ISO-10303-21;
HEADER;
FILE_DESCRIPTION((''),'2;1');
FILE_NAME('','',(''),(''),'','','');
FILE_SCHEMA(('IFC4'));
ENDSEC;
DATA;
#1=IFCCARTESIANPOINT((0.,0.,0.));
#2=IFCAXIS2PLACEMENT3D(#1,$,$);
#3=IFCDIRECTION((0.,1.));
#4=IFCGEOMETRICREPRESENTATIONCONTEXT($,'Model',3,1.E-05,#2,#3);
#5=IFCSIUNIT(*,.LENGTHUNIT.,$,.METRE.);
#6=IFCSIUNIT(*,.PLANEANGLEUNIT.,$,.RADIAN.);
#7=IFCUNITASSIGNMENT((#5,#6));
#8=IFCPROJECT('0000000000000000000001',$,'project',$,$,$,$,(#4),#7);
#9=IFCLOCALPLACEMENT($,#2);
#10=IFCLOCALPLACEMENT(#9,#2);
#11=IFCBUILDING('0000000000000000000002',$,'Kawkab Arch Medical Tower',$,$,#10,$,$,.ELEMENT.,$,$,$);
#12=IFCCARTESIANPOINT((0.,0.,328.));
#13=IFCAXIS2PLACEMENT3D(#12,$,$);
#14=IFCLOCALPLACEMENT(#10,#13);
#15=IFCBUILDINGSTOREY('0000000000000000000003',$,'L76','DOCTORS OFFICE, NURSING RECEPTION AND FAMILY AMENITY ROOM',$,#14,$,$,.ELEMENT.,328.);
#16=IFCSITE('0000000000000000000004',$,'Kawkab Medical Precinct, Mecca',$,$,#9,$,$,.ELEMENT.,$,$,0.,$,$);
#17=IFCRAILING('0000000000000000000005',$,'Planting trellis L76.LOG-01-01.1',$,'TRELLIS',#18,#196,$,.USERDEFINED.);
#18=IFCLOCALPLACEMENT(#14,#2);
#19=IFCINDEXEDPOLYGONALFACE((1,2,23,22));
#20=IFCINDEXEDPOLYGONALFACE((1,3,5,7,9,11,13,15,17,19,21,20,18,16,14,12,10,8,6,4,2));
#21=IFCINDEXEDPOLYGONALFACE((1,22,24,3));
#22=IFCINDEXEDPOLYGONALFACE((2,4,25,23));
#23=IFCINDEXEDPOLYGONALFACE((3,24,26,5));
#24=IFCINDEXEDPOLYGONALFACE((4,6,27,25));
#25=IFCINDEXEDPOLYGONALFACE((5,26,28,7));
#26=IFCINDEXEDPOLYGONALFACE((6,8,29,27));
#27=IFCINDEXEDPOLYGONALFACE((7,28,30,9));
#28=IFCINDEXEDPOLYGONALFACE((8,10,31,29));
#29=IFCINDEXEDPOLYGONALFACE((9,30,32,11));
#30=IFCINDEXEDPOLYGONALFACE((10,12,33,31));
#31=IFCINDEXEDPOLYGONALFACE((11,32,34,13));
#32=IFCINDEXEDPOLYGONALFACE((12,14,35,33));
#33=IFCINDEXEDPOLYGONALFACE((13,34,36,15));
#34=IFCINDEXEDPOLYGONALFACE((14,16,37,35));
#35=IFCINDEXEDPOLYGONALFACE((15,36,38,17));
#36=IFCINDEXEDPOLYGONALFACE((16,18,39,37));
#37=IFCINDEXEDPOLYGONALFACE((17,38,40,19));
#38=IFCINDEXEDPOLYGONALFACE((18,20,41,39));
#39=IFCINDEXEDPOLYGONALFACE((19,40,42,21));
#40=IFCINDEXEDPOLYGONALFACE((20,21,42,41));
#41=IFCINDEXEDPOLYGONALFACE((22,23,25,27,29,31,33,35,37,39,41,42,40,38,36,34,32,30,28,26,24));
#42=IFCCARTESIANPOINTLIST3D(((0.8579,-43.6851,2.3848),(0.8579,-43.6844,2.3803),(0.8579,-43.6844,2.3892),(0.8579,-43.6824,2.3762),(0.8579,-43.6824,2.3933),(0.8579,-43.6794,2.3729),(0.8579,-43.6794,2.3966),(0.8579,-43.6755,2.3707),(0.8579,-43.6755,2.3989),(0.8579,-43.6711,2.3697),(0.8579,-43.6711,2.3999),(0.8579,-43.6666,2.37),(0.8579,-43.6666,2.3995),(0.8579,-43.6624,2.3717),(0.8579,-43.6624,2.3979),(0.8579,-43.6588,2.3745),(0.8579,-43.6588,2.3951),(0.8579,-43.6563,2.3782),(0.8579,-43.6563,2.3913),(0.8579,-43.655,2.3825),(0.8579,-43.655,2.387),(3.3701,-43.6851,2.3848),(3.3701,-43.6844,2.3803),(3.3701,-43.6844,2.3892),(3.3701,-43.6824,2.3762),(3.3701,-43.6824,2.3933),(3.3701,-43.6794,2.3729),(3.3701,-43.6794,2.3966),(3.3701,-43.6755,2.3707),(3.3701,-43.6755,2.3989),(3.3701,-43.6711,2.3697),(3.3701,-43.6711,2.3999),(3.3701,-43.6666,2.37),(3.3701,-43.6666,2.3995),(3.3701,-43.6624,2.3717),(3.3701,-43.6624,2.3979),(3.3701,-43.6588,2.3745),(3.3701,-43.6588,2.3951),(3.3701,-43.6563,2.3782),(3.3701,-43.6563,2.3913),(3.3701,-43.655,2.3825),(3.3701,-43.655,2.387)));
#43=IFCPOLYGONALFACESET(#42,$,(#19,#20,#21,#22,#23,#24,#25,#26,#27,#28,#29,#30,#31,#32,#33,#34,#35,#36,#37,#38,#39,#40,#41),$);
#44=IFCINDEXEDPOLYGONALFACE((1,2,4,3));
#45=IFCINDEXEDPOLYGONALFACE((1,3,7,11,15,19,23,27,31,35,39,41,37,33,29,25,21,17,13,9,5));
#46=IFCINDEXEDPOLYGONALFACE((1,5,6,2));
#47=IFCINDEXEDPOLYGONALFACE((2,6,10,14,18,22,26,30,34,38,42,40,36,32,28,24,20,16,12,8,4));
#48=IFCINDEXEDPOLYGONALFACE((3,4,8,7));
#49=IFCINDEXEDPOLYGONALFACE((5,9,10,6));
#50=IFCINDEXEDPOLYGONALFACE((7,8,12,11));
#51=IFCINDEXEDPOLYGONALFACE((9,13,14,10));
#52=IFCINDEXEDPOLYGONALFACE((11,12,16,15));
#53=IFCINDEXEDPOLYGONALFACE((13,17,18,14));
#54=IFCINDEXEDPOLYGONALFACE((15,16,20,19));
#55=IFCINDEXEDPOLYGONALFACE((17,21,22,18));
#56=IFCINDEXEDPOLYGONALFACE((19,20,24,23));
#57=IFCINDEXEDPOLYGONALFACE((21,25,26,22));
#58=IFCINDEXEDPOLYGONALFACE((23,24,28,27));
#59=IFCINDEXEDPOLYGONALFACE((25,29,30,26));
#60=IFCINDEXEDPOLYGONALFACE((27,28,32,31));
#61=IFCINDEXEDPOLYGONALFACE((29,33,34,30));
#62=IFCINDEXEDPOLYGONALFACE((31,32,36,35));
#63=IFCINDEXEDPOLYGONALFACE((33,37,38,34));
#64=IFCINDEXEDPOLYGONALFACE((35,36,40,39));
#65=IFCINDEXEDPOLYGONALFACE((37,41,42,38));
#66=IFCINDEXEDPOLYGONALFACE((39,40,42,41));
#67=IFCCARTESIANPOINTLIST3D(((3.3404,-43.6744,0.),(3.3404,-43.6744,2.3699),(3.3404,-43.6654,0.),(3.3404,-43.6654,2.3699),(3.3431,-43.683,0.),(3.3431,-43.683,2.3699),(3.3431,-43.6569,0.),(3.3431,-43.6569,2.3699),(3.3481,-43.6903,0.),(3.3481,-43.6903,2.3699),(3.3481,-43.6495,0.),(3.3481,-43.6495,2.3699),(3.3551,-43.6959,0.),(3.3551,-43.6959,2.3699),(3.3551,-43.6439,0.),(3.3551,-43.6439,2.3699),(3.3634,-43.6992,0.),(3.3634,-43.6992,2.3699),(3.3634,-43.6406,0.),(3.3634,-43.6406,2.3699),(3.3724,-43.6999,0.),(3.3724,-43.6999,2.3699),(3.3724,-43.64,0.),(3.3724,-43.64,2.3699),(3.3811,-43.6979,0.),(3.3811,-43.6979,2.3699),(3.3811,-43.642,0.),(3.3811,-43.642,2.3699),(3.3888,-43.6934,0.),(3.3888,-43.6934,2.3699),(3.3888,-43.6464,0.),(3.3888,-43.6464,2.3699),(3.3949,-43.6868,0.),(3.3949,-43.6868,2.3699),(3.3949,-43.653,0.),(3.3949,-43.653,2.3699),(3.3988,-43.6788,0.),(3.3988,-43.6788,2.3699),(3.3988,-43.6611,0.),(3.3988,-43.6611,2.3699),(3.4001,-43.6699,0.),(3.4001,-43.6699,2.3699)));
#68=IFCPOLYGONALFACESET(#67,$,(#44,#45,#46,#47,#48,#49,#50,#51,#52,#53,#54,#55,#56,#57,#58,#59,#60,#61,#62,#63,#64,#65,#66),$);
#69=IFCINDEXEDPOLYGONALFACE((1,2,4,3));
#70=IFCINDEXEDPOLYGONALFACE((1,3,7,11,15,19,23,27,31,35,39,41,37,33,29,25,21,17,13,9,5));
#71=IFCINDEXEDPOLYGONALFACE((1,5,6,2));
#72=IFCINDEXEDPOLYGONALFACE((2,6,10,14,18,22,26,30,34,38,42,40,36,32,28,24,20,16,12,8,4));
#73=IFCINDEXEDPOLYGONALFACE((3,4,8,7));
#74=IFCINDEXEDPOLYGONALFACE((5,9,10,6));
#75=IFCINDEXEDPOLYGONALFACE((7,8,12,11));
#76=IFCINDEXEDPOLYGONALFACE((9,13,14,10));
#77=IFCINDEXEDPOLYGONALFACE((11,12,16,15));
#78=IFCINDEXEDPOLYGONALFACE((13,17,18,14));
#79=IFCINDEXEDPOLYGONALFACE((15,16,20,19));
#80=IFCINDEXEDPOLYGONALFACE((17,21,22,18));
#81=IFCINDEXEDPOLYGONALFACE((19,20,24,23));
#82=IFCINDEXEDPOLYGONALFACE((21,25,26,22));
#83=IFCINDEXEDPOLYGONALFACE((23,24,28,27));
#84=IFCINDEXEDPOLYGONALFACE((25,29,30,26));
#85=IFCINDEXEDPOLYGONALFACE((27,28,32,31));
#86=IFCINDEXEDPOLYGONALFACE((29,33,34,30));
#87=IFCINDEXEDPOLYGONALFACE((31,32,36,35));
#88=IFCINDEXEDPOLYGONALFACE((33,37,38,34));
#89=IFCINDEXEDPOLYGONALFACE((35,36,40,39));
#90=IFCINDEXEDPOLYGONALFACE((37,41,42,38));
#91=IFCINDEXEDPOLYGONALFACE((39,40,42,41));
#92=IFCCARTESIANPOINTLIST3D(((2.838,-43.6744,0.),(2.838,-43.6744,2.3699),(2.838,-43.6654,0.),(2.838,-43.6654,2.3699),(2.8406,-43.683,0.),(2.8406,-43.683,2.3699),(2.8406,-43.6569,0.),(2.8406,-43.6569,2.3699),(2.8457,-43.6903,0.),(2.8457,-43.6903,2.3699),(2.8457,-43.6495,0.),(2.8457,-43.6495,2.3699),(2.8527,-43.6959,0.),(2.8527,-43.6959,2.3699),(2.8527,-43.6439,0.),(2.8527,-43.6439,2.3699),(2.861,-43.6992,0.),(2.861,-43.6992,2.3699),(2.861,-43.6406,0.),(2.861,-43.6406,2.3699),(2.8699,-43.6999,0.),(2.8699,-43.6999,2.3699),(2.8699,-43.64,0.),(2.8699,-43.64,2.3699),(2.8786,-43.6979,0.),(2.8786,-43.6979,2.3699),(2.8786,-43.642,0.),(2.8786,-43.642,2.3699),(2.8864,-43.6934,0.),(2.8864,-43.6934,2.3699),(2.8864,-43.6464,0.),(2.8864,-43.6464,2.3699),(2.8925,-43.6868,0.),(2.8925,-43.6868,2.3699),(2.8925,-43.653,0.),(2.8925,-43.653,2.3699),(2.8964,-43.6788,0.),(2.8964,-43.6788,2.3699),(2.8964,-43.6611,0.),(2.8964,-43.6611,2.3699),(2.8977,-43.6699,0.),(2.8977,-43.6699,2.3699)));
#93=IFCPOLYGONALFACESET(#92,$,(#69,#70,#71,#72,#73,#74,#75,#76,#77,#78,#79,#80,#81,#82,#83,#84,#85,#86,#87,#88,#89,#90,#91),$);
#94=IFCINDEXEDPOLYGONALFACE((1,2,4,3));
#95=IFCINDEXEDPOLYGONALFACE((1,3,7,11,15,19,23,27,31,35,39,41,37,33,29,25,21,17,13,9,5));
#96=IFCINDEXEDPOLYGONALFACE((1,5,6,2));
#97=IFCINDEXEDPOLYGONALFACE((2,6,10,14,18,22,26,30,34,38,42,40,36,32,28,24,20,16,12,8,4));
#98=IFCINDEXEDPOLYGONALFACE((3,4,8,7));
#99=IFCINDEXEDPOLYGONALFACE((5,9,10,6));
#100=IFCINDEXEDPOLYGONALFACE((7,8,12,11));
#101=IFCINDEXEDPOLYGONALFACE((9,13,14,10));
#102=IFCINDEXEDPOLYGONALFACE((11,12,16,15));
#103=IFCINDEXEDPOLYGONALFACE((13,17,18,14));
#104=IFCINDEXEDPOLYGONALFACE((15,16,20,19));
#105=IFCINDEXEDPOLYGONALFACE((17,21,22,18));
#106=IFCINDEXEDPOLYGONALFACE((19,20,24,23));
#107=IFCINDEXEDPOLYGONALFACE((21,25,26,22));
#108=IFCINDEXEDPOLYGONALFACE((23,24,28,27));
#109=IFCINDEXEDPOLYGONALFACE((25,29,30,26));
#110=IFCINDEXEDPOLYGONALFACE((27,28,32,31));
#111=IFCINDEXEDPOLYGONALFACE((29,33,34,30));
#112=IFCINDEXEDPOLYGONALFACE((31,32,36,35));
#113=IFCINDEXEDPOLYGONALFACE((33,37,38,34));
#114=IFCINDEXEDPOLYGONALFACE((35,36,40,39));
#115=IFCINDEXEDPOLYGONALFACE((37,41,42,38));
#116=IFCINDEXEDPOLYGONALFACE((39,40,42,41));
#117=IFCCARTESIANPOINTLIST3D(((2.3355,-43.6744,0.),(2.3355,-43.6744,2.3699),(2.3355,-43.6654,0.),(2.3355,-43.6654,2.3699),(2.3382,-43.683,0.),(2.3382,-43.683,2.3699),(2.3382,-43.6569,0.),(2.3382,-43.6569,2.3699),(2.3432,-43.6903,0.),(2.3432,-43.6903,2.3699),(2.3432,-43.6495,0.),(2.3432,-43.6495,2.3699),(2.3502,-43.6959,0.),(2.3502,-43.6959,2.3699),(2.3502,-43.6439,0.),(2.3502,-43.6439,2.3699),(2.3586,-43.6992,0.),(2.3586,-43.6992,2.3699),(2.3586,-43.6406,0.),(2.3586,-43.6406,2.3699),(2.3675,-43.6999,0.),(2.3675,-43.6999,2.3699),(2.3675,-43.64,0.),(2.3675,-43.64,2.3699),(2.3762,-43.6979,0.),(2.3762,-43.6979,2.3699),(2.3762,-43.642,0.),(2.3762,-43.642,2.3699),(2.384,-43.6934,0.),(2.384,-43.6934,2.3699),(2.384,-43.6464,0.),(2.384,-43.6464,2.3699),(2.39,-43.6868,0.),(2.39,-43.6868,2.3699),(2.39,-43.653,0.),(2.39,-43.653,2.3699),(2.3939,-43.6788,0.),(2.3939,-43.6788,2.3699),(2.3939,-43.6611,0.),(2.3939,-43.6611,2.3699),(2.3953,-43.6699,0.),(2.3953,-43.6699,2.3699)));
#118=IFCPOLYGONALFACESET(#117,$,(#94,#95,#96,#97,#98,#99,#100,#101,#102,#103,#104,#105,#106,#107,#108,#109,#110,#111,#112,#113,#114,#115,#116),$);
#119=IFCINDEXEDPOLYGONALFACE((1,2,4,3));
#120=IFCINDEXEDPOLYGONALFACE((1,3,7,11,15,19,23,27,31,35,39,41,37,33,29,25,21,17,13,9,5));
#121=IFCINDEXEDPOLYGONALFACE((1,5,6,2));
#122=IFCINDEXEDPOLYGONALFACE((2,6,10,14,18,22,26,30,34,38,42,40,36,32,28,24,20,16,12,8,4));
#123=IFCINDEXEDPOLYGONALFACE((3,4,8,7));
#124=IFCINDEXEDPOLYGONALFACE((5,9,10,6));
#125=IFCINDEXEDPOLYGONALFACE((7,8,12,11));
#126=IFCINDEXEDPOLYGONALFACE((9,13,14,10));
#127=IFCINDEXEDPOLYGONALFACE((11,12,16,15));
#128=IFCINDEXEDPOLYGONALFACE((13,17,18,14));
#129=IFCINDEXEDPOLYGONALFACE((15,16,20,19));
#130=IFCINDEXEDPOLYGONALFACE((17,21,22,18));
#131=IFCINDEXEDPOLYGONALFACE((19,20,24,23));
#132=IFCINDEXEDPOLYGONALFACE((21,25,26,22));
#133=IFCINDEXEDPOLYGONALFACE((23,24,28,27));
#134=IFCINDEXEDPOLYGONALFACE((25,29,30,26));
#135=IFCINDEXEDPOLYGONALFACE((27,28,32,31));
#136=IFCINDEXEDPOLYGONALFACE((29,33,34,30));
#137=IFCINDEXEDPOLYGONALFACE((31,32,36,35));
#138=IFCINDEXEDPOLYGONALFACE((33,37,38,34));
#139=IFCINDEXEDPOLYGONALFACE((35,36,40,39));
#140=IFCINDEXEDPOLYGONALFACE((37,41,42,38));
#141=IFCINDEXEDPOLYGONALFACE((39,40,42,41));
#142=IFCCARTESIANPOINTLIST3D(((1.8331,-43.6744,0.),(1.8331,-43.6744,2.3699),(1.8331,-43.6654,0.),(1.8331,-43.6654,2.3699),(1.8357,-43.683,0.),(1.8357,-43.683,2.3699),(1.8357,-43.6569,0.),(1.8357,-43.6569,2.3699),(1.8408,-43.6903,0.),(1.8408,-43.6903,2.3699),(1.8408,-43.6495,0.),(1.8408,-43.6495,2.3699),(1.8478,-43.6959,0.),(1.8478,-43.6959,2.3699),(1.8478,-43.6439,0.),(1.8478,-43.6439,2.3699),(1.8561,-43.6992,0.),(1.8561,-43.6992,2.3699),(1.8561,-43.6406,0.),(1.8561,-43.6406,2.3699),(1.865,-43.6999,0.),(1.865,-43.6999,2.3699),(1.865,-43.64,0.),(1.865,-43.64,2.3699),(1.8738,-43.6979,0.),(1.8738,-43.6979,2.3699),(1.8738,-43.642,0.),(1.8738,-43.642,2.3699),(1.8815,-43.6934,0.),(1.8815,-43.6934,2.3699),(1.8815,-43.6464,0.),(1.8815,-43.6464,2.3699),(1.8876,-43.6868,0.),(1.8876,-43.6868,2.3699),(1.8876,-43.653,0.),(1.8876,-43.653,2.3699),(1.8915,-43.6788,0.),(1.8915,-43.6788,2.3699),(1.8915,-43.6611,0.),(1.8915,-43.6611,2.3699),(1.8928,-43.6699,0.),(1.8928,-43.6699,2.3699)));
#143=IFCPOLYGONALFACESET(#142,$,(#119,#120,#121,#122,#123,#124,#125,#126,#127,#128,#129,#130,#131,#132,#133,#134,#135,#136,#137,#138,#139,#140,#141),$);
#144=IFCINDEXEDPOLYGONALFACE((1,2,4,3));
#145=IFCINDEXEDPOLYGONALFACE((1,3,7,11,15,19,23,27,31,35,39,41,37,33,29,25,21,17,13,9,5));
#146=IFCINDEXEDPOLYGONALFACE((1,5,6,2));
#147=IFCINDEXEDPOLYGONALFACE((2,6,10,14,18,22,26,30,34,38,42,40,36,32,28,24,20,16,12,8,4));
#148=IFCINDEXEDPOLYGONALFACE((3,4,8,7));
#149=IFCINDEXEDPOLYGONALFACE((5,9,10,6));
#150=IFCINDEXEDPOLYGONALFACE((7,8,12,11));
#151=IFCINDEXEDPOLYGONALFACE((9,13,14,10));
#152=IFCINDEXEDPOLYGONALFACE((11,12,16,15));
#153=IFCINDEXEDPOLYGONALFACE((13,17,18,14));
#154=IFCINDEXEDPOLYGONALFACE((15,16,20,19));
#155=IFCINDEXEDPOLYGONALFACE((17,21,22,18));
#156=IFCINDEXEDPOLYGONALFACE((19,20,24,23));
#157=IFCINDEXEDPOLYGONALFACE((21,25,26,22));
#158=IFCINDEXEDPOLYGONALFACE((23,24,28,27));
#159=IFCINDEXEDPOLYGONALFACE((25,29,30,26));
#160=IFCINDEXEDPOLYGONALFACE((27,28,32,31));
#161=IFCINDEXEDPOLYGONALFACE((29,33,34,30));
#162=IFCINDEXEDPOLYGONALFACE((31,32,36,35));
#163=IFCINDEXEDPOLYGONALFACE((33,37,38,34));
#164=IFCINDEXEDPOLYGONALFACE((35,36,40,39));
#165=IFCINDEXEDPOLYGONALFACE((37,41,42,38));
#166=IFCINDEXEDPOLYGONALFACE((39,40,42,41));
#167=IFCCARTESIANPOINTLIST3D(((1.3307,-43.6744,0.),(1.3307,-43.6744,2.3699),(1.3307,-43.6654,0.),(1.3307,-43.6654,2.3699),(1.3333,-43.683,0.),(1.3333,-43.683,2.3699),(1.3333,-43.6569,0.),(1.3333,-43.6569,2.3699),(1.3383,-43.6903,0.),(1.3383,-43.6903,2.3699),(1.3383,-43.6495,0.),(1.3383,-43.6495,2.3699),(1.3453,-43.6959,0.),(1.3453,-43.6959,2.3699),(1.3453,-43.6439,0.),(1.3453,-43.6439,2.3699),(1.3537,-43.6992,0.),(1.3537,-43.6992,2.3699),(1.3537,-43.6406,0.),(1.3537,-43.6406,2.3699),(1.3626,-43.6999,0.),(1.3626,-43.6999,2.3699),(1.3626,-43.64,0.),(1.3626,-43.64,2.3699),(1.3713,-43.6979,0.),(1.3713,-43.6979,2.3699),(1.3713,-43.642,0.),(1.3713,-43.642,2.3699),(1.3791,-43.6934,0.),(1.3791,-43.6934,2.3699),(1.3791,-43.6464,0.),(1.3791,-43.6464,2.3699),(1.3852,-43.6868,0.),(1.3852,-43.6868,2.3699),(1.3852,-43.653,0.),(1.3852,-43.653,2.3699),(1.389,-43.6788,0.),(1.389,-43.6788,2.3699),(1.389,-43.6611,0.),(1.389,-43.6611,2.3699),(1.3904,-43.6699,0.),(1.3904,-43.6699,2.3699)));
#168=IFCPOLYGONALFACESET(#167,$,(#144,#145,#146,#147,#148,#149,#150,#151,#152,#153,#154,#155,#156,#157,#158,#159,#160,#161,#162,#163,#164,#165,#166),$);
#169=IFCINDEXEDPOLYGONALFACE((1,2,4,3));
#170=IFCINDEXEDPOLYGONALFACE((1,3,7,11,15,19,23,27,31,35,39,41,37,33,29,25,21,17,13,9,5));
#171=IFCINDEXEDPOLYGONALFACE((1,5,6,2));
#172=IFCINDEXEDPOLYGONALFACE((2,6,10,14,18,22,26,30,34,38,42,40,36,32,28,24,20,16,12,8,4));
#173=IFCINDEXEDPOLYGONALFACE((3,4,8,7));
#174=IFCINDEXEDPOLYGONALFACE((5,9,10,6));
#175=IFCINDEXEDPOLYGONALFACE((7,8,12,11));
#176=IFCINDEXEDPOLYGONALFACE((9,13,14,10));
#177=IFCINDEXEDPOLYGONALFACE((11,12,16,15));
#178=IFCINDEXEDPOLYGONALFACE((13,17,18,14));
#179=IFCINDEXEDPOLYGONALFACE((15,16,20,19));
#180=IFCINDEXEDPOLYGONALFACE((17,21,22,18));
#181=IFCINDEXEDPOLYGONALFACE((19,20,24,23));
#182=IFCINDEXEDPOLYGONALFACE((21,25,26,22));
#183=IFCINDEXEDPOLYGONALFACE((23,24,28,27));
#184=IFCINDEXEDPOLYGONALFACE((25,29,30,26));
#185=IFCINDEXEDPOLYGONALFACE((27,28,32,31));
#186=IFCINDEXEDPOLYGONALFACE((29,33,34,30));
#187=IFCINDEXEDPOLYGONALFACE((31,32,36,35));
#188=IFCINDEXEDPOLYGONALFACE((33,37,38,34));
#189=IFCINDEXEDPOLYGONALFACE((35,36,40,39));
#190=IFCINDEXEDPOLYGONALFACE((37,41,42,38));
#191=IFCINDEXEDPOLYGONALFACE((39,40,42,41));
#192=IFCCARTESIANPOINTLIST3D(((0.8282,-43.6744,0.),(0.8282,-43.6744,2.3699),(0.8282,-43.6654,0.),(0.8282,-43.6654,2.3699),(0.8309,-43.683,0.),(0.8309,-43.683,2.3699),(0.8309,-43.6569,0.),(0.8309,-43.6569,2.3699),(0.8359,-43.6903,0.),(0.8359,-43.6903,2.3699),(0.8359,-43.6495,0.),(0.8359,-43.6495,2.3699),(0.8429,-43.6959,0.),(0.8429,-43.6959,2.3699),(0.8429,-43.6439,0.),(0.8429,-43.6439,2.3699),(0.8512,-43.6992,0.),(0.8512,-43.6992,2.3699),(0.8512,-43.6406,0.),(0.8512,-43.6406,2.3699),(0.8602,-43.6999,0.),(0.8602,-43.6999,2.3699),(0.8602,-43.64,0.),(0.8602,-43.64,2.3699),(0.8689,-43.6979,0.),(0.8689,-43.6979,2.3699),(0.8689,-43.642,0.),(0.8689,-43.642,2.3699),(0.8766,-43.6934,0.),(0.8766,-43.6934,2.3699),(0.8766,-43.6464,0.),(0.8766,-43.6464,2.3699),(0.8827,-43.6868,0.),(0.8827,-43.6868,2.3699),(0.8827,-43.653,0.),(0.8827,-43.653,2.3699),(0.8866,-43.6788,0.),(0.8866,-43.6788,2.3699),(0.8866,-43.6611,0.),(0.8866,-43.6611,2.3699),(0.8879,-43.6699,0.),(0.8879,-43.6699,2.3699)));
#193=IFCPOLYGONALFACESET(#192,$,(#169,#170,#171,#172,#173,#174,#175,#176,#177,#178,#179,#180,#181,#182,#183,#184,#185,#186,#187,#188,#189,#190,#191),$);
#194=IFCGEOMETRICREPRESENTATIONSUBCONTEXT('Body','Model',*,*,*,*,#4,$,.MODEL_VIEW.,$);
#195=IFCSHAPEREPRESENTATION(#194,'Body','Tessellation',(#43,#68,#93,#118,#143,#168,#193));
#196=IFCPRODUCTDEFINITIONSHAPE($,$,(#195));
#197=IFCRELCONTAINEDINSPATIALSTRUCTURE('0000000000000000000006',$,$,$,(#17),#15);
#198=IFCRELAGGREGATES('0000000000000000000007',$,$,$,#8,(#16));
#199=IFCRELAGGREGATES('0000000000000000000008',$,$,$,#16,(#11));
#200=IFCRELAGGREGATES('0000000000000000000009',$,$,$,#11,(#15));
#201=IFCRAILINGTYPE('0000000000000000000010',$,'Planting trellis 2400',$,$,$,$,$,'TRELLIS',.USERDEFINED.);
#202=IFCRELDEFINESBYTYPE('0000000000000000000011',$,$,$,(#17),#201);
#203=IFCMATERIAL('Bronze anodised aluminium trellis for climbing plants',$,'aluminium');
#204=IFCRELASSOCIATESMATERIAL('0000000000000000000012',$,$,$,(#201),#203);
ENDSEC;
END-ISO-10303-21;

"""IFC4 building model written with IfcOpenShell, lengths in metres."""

from ifc_helpers import new_model, si_unit, direction, frame, origin, origin_2d, place, context, subcontext, project, spatial, circle, extrude, material, type_object, element, save


model = new_model("IFC4")

# Units and contexts
model_context = context("Model", 3, precision=1e-05, world=origin(), true_north=direction((0.0, 1.0)))
body_context = subcontext(model_context, "Body", "Model", "MODEL_VIEW")
ifc_project = project(units=[si_unit("LENGTHUNIT", "METRE"), si_unit("PLANEANGLEUNIT", "RADIAN")], contexts=[model_context])

# Site, building, storey
site_placement = place(None, origin())
site = spatial("IfcSite", under=ifc_project, at=site_placement, Name="Kawkab Medical Precinct, Mecca", CompositionType="ELEMENT", RefElevation=0.0)
building_placement = place(site_placement, origin())
building = spatial("IfcBuilding", under=site, at=building_placement, Name="Kawkab Arch Medical Tower", CompositionType="ELEMENT")
storey_placement = place(building_placement, frame((0.0, 0.0, 328.0)))
storey = spatial("IfcBuildingStorey", under=building, at=storey_placement, Name="L76", Description="DOCTORS OFFICE, NURSING RECEPTION AND FAMILY AMENITY ROOM", CompositionType="ELEMENT", Elevation=328.0)

# Railing
ifc_material_1 = material(Name="Bronze anodised aluminium trellis for climbing plants", Category="aluminium")
railing_type_1 = type_object("IfcRailingType", Name="Planting trellis 2400", ElementType="TRELLIS", PredefinedType="USERDEFINED", material=ifc_material_1)
railing_1_placement = place(storey_placement, frame((3.3701, -43.6699, 0.0)))
element("IfcRailing", 1, at=railing_1_placement, inside=storey, type_object=railing_type_1, Name="Planting trellis L76.LOG-01-01.1", ObjectType="TRELLIS", PredefinedType="USERDEFINED", context=body_context, shape_type="SweptSolid", body=[
    extrude(circle(Radius=0.0151, at=origin_2d()), frame((0.0, 0.0, 2.3848), z_axis=(-1.0, 0.0, 0.0), x_axis=(0.0, -1.0, 0.0)), (0.0, 0.0, 1.0), 2.5122),
    extrude(circle(Radius=0.03, at=origin_2d()), origin(), (0.0, 0.0, 1.0), 2.3699),
    extrude(circle(Radius=0.03, at=origin_2d()), frame((-0.5024, 0.0, 0.0)), (0.0, 0.0, 1.0), 2.3699),
    extrude(circle(Radius=0.03, at=origin_2d()), frame((-1.0049, 0.0, 0.0)), (0.0, 0.0, 1.0), 2.3699),
    extrude(circle(Radius=0.03, at=origin_2d()), frame((-1.5073, 0.0, 0.0)), (0.0, 0.0, 1.0), 2.3699),
    extrude(circle(Radius=0.03, at=origin_2d()), frame((-2.0098, 0.0, 0.0)), (0.0, 0.0, 1.0), 2.3699),
    extrude(circle(Radius=0.03, at=origin_2d()), frame((-2.5122, 0.0, 0.0)), (0.0, 0.0, 1.0), 2.3699),
])

save(model, "model.ifc")
